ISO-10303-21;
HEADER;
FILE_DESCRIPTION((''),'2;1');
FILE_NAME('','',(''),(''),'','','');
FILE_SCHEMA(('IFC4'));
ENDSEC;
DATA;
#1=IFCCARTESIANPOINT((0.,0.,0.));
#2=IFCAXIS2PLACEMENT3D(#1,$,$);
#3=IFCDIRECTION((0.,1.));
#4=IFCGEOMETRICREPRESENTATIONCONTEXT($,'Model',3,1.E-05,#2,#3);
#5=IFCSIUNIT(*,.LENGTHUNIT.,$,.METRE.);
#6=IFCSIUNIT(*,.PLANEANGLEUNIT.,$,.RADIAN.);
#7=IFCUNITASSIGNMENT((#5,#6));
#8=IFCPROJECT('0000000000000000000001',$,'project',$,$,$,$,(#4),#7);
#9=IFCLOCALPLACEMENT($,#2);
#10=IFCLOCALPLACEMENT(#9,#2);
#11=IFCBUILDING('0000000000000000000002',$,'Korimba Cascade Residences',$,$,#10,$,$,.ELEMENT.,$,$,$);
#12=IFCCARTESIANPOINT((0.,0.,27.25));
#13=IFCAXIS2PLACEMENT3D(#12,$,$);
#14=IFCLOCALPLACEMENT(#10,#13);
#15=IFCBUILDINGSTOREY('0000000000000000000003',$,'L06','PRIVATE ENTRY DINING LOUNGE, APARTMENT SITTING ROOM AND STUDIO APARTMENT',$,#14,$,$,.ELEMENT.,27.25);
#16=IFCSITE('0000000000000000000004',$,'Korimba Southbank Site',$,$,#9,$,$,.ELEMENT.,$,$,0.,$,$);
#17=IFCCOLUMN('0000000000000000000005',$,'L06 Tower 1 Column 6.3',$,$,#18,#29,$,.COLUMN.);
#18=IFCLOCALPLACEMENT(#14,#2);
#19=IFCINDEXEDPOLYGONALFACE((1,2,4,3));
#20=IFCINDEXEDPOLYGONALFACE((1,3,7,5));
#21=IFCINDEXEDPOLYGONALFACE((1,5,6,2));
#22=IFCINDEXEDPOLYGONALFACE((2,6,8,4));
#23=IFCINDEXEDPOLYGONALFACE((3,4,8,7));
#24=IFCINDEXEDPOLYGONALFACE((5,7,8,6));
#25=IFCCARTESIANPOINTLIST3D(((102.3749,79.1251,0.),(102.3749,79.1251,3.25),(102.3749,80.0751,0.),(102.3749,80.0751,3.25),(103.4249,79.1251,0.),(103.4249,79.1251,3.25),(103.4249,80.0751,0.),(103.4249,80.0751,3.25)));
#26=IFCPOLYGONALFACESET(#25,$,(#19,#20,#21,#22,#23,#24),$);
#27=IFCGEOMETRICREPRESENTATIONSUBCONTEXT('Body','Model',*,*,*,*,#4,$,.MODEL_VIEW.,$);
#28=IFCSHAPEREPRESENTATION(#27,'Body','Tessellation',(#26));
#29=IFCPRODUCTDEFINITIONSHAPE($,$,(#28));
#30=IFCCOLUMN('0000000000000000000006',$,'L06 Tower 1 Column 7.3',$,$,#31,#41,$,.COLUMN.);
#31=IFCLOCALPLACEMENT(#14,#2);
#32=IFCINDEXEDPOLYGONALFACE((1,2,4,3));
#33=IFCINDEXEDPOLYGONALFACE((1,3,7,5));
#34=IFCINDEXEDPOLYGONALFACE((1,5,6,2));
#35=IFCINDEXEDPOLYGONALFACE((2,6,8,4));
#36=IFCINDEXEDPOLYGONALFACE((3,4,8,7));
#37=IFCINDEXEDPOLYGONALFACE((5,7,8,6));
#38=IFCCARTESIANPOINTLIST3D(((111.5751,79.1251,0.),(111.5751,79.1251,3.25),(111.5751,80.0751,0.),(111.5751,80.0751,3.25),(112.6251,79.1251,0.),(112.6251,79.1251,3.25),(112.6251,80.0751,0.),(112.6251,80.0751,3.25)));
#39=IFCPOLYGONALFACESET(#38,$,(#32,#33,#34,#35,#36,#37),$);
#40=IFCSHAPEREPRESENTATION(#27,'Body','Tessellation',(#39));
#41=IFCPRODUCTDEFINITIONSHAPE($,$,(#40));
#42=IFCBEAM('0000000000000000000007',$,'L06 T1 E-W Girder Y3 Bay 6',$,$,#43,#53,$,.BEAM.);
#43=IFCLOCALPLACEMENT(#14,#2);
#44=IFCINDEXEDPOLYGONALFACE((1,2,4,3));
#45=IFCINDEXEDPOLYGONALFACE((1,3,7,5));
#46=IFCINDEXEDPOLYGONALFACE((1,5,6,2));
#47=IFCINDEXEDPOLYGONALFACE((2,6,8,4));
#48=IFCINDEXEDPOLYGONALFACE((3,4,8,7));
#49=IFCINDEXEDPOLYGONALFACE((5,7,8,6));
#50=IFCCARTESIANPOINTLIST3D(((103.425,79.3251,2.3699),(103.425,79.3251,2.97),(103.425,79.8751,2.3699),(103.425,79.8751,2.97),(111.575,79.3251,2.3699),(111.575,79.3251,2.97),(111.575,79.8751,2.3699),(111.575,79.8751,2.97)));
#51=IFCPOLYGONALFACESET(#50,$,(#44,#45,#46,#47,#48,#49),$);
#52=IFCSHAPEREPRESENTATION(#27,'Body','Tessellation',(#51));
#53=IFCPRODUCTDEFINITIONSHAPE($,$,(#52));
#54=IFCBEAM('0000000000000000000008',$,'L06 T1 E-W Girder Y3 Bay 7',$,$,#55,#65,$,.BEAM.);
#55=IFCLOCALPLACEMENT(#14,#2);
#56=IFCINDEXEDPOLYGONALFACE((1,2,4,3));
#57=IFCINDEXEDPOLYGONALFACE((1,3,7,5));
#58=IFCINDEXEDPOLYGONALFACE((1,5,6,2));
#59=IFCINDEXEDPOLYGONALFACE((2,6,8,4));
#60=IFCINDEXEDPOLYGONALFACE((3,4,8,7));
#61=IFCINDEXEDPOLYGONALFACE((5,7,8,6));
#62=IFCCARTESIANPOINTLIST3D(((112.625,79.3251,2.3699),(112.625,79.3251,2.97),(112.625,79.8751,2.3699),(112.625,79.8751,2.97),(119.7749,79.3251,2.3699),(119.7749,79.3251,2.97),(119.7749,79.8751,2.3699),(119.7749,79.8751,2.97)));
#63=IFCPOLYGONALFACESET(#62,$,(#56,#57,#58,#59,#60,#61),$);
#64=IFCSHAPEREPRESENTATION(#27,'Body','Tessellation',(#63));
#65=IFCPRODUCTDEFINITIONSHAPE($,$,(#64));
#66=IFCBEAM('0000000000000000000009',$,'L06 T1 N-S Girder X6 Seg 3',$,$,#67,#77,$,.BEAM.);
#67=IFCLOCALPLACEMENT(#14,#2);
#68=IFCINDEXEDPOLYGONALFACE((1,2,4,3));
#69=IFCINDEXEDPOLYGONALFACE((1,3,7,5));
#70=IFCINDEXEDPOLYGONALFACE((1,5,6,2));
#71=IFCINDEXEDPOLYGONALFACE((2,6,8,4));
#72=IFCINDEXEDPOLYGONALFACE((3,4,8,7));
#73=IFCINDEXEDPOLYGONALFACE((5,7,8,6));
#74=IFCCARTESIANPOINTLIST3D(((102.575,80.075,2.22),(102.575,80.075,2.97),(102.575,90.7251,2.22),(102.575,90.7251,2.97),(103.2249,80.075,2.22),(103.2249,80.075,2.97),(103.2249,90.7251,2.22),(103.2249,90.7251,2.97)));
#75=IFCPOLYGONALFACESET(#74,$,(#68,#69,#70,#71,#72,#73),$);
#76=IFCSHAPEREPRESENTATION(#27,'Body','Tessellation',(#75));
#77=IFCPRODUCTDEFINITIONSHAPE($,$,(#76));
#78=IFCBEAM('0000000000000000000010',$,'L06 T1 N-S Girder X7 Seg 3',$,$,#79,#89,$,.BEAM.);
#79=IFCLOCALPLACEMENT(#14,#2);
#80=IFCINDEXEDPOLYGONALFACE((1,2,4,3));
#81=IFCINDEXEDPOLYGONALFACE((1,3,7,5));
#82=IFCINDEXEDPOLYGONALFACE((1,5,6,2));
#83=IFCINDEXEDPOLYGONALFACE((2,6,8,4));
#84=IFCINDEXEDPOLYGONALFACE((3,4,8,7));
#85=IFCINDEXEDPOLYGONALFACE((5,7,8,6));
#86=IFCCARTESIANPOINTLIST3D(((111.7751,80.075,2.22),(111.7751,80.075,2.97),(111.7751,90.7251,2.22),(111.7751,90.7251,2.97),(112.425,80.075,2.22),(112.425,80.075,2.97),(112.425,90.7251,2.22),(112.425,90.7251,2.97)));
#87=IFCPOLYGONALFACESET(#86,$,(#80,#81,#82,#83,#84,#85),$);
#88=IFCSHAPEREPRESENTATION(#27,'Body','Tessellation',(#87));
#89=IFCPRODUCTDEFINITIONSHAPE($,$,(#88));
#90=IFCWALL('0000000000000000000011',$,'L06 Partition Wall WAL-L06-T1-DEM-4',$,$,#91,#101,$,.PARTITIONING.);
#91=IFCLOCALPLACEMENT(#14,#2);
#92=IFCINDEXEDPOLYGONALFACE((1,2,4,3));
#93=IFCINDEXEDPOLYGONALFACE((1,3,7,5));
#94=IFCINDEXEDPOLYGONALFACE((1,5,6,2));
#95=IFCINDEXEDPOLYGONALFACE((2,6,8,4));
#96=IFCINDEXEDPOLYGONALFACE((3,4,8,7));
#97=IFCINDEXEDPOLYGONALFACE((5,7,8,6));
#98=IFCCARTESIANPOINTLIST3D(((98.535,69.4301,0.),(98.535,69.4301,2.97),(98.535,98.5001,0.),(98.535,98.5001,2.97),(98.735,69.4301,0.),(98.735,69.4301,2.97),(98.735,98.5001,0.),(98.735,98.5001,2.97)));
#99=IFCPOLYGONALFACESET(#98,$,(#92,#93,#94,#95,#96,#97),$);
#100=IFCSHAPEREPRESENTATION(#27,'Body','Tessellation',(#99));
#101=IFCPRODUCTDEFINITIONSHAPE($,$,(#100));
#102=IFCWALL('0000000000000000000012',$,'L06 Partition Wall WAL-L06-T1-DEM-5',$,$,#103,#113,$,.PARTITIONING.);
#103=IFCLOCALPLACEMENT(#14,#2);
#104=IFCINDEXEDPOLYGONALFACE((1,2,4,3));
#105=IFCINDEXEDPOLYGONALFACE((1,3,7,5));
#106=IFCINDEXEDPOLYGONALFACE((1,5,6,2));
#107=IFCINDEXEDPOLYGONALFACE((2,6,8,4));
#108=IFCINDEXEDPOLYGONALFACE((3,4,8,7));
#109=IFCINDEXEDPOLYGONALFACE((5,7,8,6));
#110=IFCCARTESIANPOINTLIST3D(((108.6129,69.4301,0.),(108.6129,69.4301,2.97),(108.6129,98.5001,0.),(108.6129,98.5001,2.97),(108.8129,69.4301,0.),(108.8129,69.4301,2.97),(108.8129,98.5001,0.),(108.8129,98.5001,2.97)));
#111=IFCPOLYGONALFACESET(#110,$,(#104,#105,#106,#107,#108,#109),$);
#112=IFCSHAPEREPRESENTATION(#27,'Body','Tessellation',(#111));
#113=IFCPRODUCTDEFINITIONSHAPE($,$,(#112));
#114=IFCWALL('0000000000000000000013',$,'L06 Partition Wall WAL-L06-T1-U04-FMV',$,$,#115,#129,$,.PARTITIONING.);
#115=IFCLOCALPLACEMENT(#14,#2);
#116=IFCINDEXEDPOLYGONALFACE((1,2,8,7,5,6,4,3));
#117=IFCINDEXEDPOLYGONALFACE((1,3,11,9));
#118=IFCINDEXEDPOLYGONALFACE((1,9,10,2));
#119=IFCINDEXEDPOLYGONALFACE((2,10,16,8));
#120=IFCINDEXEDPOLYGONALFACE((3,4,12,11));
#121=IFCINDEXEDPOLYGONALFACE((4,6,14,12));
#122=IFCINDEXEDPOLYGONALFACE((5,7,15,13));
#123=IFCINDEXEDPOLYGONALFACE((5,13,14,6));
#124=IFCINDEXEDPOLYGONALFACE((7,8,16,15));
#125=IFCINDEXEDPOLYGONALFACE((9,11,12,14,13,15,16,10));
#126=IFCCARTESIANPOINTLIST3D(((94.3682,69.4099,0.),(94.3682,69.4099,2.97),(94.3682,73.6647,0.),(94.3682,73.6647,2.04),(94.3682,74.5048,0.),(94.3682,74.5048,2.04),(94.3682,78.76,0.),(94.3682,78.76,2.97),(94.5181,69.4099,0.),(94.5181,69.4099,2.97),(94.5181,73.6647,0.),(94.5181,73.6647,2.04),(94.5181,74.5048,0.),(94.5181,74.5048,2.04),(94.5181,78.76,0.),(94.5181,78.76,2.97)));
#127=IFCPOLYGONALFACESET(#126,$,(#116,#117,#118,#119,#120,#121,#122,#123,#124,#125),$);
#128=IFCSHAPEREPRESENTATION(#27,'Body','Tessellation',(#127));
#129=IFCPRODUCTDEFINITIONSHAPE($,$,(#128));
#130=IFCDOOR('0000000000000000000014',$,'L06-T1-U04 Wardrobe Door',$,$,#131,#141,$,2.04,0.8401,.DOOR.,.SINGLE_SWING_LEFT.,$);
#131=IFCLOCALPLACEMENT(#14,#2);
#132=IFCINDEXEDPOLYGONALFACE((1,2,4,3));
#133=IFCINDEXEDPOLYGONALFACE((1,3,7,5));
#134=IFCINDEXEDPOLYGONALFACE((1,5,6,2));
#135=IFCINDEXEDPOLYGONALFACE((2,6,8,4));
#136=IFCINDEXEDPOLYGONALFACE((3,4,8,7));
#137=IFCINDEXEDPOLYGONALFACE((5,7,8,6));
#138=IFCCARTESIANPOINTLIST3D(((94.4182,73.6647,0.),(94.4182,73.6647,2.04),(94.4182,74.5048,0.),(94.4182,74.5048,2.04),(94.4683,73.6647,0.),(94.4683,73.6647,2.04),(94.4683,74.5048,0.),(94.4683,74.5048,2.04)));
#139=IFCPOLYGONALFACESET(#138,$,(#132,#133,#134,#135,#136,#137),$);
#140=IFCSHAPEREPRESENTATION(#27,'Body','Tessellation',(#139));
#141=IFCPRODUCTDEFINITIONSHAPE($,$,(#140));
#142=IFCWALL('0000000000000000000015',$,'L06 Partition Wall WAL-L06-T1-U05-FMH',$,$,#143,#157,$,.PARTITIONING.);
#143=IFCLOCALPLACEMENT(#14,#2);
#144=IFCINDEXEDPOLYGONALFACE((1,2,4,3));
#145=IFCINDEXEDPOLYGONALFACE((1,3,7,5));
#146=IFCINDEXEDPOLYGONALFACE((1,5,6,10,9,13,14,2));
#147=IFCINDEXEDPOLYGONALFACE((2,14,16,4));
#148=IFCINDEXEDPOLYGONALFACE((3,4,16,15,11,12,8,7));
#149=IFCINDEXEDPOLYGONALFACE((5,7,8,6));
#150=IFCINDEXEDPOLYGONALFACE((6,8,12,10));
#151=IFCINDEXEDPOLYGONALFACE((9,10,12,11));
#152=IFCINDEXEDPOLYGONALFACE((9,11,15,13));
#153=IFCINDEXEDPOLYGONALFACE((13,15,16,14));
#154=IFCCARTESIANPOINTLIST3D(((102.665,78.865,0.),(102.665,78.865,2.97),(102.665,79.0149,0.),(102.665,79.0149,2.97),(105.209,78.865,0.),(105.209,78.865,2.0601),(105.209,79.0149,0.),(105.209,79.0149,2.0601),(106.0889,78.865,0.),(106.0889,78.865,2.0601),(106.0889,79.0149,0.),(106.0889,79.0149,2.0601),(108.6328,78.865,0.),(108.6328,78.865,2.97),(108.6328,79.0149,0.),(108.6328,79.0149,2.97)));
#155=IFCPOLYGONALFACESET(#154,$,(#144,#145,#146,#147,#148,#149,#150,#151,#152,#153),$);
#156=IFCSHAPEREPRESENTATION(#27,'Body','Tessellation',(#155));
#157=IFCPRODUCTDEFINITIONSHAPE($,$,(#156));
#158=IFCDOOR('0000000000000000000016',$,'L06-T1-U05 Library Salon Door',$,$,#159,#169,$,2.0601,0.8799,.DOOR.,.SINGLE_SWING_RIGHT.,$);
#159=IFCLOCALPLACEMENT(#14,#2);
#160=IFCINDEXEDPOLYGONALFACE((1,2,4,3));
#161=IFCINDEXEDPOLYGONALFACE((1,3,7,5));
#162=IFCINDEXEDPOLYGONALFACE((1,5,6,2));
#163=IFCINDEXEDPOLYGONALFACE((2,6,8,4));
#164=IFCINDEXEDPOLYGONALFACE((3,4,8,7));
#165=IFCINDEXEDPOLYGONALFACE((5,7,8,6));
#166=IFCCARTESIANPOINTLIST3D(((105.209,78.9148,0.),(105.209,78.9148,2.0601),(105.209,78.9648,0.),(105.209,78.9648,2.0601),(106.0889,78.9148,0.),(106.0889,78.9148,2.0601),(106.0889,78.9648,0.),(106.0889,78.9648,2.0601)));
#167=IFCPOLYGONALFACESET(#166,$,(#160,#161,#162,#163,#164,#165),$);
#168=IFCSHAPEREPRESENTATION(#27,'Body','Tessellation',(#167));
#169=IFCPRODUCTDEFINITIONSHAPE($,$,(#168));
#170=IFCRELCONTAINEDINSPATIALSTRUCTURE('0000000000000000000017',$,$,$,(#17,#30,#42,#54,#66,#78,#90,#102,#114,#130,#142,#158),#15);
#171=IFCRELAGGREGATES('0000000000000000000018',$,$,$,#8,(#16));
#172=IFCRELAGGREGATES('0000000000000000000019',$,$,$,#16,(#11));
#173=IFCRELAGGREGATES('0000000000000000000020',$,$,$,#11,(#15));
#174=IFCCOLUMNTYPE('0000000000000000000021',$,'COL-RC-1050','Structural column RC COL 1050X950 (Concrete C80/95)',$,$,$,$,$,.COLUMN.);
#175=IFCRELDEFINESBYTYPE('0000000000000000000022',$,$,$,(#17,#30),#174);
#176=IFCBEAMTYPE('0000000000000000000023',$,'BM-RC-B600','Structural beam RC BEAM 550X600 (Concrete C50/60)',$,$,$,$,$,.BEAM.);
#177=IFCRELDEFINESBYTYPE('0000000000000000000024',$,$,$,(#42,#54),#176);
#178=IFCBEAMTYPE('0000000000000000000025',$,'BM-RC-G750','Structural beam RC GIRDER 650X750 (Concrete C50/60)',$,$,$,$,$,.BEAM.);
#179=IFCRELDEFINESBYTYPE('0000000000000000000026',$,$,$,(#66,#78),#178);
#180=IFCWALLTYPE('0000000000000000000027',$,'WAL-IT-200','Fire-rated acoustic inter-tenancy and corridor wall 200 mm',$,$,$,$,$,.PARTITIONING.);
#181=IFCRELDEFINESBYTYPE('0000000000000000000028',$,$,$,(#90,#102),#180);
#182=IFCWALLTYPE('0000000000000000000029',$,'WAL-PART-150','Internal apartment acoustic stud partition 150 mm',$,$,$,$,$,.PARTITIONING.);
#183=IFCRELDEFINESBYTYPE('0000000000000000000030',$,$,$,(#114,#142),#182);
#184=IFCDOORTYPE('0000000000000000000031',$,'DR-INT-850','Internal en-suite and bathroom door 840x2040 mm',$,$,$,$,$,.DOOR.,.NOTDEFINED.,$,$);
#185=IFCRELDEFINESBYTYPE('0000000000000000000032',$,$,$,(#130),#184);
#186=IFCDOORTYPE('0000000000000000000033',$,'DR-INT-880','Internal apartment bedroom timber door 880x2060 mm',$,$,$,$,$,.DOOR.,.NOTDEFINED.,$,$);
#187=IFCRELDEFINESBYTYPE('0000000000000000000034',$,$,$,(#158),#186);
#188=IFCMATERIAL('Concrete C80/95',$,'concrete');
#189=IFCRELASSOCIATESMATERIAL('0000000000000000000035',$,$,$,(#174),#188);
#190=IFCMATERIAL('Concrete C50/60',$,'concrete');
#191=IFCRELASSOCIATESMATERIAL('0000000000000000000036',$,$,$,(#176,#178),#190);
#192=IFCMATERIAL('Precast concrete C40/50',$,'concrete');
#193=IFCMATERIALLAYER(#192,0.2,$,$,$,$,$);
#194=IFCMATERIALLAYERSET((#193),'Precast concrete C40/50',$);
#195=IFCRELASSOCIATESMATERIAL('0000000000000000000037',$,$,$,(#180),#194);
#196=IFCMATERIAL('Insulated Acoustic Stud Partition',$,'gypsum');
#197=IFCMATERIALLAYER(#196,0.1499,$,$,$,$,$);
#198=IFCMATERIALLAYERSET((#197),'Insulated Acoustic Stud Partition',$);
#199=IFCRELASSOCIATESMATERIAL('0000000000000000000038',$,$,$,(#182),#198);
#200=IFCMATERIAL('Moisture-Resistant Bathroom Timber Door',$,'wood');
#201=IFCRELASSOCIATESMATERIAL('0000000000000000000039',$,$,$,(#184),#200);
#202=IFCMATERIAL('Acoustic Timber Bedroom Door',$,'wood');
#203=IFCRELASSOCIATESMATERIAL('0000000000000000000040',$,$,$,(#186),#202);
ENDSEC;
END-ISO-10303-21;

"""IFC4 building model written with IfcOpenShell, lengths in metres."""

from ifc_helpers import new_model, si_unit, direction, frame, frame_2d, origin, origin_2d, place, context, subcontext, project, spatial, rectangle, extrude, material, layer, layer_set, material_profile, profile_set, type_object, element, fill, save


model = new_model("IFC4")

# Units and contexts
model_context = context("Model", 3, precision=1e-05, world=origin(), true_north=direction((0.0, 1.0)))
body_context = subcontext(model_context, "Body", "Model", "MODEL_VIEW")
ifc_project = project(units=[si_unit("LENGTHUNIT", "METRE"), si_unit("PLANEANGLEUNIT", "RADIAN")], contexts=[model_context])

# Site, building, storey
site_placement = place(None, origin())
site = spatial("IfcSite", under=ifc_project, at=site_placement, Name="Korimba Southbank Site", CompositionType="ELEMENT", RefElevation=0.0)
building_placement = place(site_placement, origin())
building = spatial("IfcBuilding", under=site, at=building_placement, Name="Korimba Cascade Residences", CompositionType="ELEMENT")
storey_placement = place(building_placement, frame((0.0, 0.0, 27.25)))
storey = spatial("IfcBuildingStorey", under=building, at=storey_placement, Name="L06", Description="PRIVATE ENTRY DINING LOUNGE, APARTMENT SITTING ROOM AND STUDIO APARTMENT", CompositionType="ELEMENT", Elevation=27.25)

# Columns
ifc_material_1 = material(Name="Concrete C80/95", Category="concrete")
ifc_material_profile_1 = material_profile(ifc_material_1, rectangle(XDim=1.05, YDim=0.95, at=origin_2d()), Name="Concrete C80/95")
ifc_profile_set_1 = profile_set([ifc_material_profile_1], Name="Concrete C80/95")
column_type = type_object("IfcColumnType", Name="COL-RC-1050", Description="Structural column RC COL 1050X950 (Concrete C80/95)", PredefinedType="COLUMN", material=ifc_profile_set_1)
for number, where, z_axis, x_axis, name in (
    (1, (102.8999, 79.6001, 0.0), (0.0, 0.0, 1.0), (1.0, 0.0, 0.0), "L06 Tower 1 Column 6.3"),
    (2, (112.1001, 79.6001, 0.0), (0.0, 0.0, 1.0), (1.0, 0.0, 0.0), "L06 Tower 1 Column 7.3"),
):
    element("IfcColumn", number, at=place(storey_placement, frame(where, z_axis=z_axis, x_axis=x_axis)), inside=storey, type_object=column_type, Name=name, PredefinedType="COLUMN", context=body_context, shape_type="SweptSolid", body=[
        extrude(rectangle(XDim=1.05, YDim=0.95, at=origin_2d()), origin(), (0.0, 0.0, 1.0), 3.25),
    ])

# Beams
ifc_material_2 = material(Name="Concrete C50/60", Category="concrete")
ifc_material_profile_2 = material_profile(ifc_material_2, rectangle(XDim=0.55, YDim=0.6001, at=origin_2d()), Name="Concrete C50/60")
ifc_profile_set_2 = profile_set([ifc_material_profile_2], Name="Concrete C50/60")
beam_type_1 = type_object("IfcBeamType", Name="BM-RC-B600", Description="Structural beam RC BEAM 550X600 (Concrete C50/60)", PredefinedType="BEAM", material=ifc_profile_set_2)
beam_1_placement = place(storey_placement, frame((103.425, 79.6001, 2.6699), z_axis=(1.0, 0.0, 0.0), x_axis=(0.0, 1.0, 0.0)))
element("IfcBeam", 3, at=beam_1_placement, inside=storey, type_object=beam_type_1, Name="L06 T1 E-W Girder Y3 Bay 6", PredefinedType="BEAM", context=body_context, shape_type="SweptSolid", body=[
    extrude(rectangle(XDim=0.55, YDim=0.6001, at=origin_2d()), origin(), (0.0, 0.0, 1.0), 8.1499),
])
beam_2_placement = place(storey_placement, frame((112.625, 79.6001, 2.6699), z_axis=(1.0, 0.0, 0.0), x_axis=(0.0, 1.0, 0.0)))
element("IfcBeam", 4, at=beam_2_placement, inside=storey, type_object=beam_type_1, Name="L06 T1 E-W Girder Y3 Bay 7", PredefinedType="BEAM", context=body_context, shape_type="SweptSolid", body=[
    extrude(rectangle(XDim=0.55, YDim=0.6001, at=origin_2d()), origin(), (0.0, 0.0, 1.0), 7.1499),
])
ifc_material_profile_3 = material_profile(ifc_material_2, rectangle(XDim=0.6499, YDim=0.75, at=origin_2d()), Name="Concrete C50/60")
ifc_profile_set_3 = profile_set([ifc_material_profile_3], Name="Concrete C50/60")
beam_type_2 = type_object("IfcBeamType", Name="BM-RC-G750", Description="Structural beam RC GIRDER 650X750 (Concrete C50/60)", PredefinedType="BEAM", material=ifc_profile_set_3)
for number, where, z_axis, x_axis, name in (
    (5, (102.8999, 80.075, 2.595), (0.0, 1.0, 0.0), (-1.0, 0.0, 0.0), "L06 T1 N-S Girder X6 Seg 3"),
    (6, (112.1001, 80.075, 2.595), (0.0, 1.0, 0.0), (-1.0, 0.0, 0.0), "L06 T1 N-S Girder X7 Seg 3"),
):
    element("IfcBeam", number, at=place(storey_placement, frame(where, z_axis=z_axis, x_axis=x_axis)), inside=storey, type_object=beam_type_2, Name=name, PredefinedType="BEAM", context=body_context, shape_type="SweptSolid", body=[
        extrude(rectangle(XDim=0.6499, YDim=0.75, at=origin_2d()), origin(), (0.0, 0.0, 1.0), 10.6501),
    ])

# Walls
ifc_material_3 = material(Name="Precast concrete C40/50", Category="concrete")
ifc_layer_1 = layer(ifc_material_3, 0.2)
ifc_layer_set_1 = layer_set([ifc_layer_1], Name="Precast concrete C40/50")
wall_type_1 = type_object("IfcWallType", Name="WAL-IT-200", Description="Fire-rated acoustic inter-tenancy and corridor wall 200 mm", PredefinedType="PARTITIONING", material=ifc_layer_set_1)
for number, where, z_axis, x_axis, name in (
    (7, (98.635, 69.4299, 0.0), (0.0, 0.0, 1.0), (0.0, 1.0, 0.0), "L06 Partition Wall WAL-L06-T1-DEM-4"),
    (8, (108.7129, 69.4299, 0.0), (0.0, 0.0, 1.0), (0.0, 1.0, 0.0), "L06 Partition Wall WAL-L06-T1-DEM-5"),
):
    element("IfcWall", number, at=place(storey_placement, frame(where, z_axis=z_axis, x_axis=x_axis)), inside=storey, type_object=wall_type_1, Name=name, PredefinedType="PARTITIONING", context=body_context, shape_type="SweptSolid", body=[
        extrude(rectangle(XDim=29.0701, YDim=0.2, at=frame_2d((14.5352, 0.0))), origin(), (0.0, 0.0, 1.0), 2.97),
    ])

# Walls, openings, doors
ifc_material_4 = material(Name="Insulated Acoustic Stud Partition", Category="gypsum")
ifc_layer_2 = layer(ifc_material_4, 0.1499)
ifc_layer_set_2 = layer_set([ifc_layer_2], Name="Insulated Acoustic Stud Partition")
wall_type_2 = type_object("IfcWallType", Name="WAL-PART-150", Description="Internal apartment acoustic stud partition 150 mm", PredefinedType="PARTITIONING", material=ifc_layer_set_2)
wall_1_placement = place(storey_placement, frame((94.4431, 69.4099, 0.0), z_axis=(0.0, 0.0, 1.0), x_axis=(0.0, 1.0, 0.0)))
wall_1 = element("IfcWall", 9, at=wall_1_placement, inside=storey, type_object=wall_type_2, Name="L06 Partition Wall WAL-L06-T1-U04-FMV", PredefinedType="PARTITIONING", context=body_context, shape_type="SweptSolid", body=[
    extrude(rectangle(XDim=9.3501, YDim=0.1499, at=frame_2d((4.675, 0.0))), origin(), (0.0, 0.0, 1.0), 2.97),
])
opening_1_placement = place(wall_1_placement, frame((4.2549, 0.0, 0.0)))
opening_1 = element("IfcOpeningElement", 10, at=opening_1_placement, cuts=wall_1, PredefinedType="OPENING", context=body_context, shape_type="SweptSolid", body=[
    extrude(rectangle(XDim=0.8401, YDim=2.04, at=frame_2d((0.4199, 1.02))), frame((0.0, 0.085, 0.0), z_axis=(0.0, -1.0, 0.0), x_axis=(1.0, 0.0, 0.0)), (0.0, 0.0, 1.0), 0.1699),
])
ifc_material_5 = material(Name="Moisture-Resistant Bathroom Timber Door", Category="wood")
door_type_1 = type_object("IfcDoorType", Name="DR-INT-850", Description="Internal en-suite and bathroom door 840x2040 mm", OperationType="NOTDEFINED", PredefinedType="DOOR", material=ifc_material_5)
door_1_placement = place(opening_1_placement, origin())
door_1 = element("IfcDoor", 11, at=door_1_placement, inside=storey, type_object=door_type_1, Name="L06-T1-U04 Wardrobe Door", OperationType="SINGLE_SWING_LEFT", OverallHeight=2.04, OverallWidth=0.8401, PredefinedType="DOOR", context=body_context, shape_type="SweptSolid", body=[
    extrude(rectangle(XDim=0.8401, YDim=2.04, at=frame_2d((0.4199, 1.02))), frame((0.0, 0.0249, 0.0), z_axis=(0.0, -1.0, 0.0), x_axis=(1.0, 0.0, 0.0)), (0.0, 0.0, 1.0), 0.05),
])
fill(opening_1, door_1)
wall_2_placement = place(storey_placement, frame((102.665, 78.9399, 0.0), z_axis=(0.0, 0.0, 1.0), x_axis=(1.0, 0.0, 0.0)))
wall_2 = element("IfcWall", 12, at=wall_2_placement, inside=storey, type_object=wall_type_2, Name="L06 Partition Wall WAL-L06-T1-U05-FMH", PredefinedType="PARTITIONING", context=body_context, shape_type="SweptSolid", body=[
    extrude(rectangle(XDim=5.9678, YDim=0.1499, at=frame_2d((2.9839, 0.0))), origin(), (0.0, 0.0, 1.0), 2.97),
])
opening_2_placement = place(wall_2_placement, frame((2.5439, 0.0, 0.0)))
opening_2 = element("IfcOpeningElement", 13, at=opening_2_placement, cuts=wall_2, PredefinedType="OPENING", context=body_context, shape_type="SweptSolid", body=[
    extrude(rectangle(XDim=0.8799, YDim=2.0601, at=frame_2d((0.4399, 1.03))), frame((0.0, 0.085, 0.0), z_axis=(0.0, -1.0, 0.0), x_axis=(1.0, 0.0, 0.0)), (0.0, 0.0, 1.0), 0.1699),
])
ifc_material_6 = material(Name="Acoustic Timber Bedroom Door", Category="wood")
door_type_2 = type_object("IfcDoorType", Name="DR-INT-880", Description="Internal apartment bedroom timber door 880x2060 mm", OperationType="NOTDEFINED", PredefinedType="DOOR", material=ifc_material_6)
door_2_placement = place(opening_2_placement, origin())
door_2 = element("IfcDoor", 14, at=door_2_placement, inside=storey, type_object=door_type_2, Name="L06-T1-U05 Library Salon Door", OperationType="SINGLE_SWING_RIGHT", OverallHeight=2.0601, OverallWidth=0.8799, PredefinedType="DOOR", context=body_context, shape_type="SweptSolid", body=[
    extrude(rectangle(XDim=0.8799, YDim=2.0601, at=frame_2d((0.4399, 1.03))), frame((0.0, 0.0249, 0.0), z_axis=(0.0, -1.0, 0.0), x_axis=(1.0, 0.0, 0.0)), (0.0, 0.0, 1.0), 0.05),
])
fill(opening_2, door_2)

save(model, "model.ifc")
